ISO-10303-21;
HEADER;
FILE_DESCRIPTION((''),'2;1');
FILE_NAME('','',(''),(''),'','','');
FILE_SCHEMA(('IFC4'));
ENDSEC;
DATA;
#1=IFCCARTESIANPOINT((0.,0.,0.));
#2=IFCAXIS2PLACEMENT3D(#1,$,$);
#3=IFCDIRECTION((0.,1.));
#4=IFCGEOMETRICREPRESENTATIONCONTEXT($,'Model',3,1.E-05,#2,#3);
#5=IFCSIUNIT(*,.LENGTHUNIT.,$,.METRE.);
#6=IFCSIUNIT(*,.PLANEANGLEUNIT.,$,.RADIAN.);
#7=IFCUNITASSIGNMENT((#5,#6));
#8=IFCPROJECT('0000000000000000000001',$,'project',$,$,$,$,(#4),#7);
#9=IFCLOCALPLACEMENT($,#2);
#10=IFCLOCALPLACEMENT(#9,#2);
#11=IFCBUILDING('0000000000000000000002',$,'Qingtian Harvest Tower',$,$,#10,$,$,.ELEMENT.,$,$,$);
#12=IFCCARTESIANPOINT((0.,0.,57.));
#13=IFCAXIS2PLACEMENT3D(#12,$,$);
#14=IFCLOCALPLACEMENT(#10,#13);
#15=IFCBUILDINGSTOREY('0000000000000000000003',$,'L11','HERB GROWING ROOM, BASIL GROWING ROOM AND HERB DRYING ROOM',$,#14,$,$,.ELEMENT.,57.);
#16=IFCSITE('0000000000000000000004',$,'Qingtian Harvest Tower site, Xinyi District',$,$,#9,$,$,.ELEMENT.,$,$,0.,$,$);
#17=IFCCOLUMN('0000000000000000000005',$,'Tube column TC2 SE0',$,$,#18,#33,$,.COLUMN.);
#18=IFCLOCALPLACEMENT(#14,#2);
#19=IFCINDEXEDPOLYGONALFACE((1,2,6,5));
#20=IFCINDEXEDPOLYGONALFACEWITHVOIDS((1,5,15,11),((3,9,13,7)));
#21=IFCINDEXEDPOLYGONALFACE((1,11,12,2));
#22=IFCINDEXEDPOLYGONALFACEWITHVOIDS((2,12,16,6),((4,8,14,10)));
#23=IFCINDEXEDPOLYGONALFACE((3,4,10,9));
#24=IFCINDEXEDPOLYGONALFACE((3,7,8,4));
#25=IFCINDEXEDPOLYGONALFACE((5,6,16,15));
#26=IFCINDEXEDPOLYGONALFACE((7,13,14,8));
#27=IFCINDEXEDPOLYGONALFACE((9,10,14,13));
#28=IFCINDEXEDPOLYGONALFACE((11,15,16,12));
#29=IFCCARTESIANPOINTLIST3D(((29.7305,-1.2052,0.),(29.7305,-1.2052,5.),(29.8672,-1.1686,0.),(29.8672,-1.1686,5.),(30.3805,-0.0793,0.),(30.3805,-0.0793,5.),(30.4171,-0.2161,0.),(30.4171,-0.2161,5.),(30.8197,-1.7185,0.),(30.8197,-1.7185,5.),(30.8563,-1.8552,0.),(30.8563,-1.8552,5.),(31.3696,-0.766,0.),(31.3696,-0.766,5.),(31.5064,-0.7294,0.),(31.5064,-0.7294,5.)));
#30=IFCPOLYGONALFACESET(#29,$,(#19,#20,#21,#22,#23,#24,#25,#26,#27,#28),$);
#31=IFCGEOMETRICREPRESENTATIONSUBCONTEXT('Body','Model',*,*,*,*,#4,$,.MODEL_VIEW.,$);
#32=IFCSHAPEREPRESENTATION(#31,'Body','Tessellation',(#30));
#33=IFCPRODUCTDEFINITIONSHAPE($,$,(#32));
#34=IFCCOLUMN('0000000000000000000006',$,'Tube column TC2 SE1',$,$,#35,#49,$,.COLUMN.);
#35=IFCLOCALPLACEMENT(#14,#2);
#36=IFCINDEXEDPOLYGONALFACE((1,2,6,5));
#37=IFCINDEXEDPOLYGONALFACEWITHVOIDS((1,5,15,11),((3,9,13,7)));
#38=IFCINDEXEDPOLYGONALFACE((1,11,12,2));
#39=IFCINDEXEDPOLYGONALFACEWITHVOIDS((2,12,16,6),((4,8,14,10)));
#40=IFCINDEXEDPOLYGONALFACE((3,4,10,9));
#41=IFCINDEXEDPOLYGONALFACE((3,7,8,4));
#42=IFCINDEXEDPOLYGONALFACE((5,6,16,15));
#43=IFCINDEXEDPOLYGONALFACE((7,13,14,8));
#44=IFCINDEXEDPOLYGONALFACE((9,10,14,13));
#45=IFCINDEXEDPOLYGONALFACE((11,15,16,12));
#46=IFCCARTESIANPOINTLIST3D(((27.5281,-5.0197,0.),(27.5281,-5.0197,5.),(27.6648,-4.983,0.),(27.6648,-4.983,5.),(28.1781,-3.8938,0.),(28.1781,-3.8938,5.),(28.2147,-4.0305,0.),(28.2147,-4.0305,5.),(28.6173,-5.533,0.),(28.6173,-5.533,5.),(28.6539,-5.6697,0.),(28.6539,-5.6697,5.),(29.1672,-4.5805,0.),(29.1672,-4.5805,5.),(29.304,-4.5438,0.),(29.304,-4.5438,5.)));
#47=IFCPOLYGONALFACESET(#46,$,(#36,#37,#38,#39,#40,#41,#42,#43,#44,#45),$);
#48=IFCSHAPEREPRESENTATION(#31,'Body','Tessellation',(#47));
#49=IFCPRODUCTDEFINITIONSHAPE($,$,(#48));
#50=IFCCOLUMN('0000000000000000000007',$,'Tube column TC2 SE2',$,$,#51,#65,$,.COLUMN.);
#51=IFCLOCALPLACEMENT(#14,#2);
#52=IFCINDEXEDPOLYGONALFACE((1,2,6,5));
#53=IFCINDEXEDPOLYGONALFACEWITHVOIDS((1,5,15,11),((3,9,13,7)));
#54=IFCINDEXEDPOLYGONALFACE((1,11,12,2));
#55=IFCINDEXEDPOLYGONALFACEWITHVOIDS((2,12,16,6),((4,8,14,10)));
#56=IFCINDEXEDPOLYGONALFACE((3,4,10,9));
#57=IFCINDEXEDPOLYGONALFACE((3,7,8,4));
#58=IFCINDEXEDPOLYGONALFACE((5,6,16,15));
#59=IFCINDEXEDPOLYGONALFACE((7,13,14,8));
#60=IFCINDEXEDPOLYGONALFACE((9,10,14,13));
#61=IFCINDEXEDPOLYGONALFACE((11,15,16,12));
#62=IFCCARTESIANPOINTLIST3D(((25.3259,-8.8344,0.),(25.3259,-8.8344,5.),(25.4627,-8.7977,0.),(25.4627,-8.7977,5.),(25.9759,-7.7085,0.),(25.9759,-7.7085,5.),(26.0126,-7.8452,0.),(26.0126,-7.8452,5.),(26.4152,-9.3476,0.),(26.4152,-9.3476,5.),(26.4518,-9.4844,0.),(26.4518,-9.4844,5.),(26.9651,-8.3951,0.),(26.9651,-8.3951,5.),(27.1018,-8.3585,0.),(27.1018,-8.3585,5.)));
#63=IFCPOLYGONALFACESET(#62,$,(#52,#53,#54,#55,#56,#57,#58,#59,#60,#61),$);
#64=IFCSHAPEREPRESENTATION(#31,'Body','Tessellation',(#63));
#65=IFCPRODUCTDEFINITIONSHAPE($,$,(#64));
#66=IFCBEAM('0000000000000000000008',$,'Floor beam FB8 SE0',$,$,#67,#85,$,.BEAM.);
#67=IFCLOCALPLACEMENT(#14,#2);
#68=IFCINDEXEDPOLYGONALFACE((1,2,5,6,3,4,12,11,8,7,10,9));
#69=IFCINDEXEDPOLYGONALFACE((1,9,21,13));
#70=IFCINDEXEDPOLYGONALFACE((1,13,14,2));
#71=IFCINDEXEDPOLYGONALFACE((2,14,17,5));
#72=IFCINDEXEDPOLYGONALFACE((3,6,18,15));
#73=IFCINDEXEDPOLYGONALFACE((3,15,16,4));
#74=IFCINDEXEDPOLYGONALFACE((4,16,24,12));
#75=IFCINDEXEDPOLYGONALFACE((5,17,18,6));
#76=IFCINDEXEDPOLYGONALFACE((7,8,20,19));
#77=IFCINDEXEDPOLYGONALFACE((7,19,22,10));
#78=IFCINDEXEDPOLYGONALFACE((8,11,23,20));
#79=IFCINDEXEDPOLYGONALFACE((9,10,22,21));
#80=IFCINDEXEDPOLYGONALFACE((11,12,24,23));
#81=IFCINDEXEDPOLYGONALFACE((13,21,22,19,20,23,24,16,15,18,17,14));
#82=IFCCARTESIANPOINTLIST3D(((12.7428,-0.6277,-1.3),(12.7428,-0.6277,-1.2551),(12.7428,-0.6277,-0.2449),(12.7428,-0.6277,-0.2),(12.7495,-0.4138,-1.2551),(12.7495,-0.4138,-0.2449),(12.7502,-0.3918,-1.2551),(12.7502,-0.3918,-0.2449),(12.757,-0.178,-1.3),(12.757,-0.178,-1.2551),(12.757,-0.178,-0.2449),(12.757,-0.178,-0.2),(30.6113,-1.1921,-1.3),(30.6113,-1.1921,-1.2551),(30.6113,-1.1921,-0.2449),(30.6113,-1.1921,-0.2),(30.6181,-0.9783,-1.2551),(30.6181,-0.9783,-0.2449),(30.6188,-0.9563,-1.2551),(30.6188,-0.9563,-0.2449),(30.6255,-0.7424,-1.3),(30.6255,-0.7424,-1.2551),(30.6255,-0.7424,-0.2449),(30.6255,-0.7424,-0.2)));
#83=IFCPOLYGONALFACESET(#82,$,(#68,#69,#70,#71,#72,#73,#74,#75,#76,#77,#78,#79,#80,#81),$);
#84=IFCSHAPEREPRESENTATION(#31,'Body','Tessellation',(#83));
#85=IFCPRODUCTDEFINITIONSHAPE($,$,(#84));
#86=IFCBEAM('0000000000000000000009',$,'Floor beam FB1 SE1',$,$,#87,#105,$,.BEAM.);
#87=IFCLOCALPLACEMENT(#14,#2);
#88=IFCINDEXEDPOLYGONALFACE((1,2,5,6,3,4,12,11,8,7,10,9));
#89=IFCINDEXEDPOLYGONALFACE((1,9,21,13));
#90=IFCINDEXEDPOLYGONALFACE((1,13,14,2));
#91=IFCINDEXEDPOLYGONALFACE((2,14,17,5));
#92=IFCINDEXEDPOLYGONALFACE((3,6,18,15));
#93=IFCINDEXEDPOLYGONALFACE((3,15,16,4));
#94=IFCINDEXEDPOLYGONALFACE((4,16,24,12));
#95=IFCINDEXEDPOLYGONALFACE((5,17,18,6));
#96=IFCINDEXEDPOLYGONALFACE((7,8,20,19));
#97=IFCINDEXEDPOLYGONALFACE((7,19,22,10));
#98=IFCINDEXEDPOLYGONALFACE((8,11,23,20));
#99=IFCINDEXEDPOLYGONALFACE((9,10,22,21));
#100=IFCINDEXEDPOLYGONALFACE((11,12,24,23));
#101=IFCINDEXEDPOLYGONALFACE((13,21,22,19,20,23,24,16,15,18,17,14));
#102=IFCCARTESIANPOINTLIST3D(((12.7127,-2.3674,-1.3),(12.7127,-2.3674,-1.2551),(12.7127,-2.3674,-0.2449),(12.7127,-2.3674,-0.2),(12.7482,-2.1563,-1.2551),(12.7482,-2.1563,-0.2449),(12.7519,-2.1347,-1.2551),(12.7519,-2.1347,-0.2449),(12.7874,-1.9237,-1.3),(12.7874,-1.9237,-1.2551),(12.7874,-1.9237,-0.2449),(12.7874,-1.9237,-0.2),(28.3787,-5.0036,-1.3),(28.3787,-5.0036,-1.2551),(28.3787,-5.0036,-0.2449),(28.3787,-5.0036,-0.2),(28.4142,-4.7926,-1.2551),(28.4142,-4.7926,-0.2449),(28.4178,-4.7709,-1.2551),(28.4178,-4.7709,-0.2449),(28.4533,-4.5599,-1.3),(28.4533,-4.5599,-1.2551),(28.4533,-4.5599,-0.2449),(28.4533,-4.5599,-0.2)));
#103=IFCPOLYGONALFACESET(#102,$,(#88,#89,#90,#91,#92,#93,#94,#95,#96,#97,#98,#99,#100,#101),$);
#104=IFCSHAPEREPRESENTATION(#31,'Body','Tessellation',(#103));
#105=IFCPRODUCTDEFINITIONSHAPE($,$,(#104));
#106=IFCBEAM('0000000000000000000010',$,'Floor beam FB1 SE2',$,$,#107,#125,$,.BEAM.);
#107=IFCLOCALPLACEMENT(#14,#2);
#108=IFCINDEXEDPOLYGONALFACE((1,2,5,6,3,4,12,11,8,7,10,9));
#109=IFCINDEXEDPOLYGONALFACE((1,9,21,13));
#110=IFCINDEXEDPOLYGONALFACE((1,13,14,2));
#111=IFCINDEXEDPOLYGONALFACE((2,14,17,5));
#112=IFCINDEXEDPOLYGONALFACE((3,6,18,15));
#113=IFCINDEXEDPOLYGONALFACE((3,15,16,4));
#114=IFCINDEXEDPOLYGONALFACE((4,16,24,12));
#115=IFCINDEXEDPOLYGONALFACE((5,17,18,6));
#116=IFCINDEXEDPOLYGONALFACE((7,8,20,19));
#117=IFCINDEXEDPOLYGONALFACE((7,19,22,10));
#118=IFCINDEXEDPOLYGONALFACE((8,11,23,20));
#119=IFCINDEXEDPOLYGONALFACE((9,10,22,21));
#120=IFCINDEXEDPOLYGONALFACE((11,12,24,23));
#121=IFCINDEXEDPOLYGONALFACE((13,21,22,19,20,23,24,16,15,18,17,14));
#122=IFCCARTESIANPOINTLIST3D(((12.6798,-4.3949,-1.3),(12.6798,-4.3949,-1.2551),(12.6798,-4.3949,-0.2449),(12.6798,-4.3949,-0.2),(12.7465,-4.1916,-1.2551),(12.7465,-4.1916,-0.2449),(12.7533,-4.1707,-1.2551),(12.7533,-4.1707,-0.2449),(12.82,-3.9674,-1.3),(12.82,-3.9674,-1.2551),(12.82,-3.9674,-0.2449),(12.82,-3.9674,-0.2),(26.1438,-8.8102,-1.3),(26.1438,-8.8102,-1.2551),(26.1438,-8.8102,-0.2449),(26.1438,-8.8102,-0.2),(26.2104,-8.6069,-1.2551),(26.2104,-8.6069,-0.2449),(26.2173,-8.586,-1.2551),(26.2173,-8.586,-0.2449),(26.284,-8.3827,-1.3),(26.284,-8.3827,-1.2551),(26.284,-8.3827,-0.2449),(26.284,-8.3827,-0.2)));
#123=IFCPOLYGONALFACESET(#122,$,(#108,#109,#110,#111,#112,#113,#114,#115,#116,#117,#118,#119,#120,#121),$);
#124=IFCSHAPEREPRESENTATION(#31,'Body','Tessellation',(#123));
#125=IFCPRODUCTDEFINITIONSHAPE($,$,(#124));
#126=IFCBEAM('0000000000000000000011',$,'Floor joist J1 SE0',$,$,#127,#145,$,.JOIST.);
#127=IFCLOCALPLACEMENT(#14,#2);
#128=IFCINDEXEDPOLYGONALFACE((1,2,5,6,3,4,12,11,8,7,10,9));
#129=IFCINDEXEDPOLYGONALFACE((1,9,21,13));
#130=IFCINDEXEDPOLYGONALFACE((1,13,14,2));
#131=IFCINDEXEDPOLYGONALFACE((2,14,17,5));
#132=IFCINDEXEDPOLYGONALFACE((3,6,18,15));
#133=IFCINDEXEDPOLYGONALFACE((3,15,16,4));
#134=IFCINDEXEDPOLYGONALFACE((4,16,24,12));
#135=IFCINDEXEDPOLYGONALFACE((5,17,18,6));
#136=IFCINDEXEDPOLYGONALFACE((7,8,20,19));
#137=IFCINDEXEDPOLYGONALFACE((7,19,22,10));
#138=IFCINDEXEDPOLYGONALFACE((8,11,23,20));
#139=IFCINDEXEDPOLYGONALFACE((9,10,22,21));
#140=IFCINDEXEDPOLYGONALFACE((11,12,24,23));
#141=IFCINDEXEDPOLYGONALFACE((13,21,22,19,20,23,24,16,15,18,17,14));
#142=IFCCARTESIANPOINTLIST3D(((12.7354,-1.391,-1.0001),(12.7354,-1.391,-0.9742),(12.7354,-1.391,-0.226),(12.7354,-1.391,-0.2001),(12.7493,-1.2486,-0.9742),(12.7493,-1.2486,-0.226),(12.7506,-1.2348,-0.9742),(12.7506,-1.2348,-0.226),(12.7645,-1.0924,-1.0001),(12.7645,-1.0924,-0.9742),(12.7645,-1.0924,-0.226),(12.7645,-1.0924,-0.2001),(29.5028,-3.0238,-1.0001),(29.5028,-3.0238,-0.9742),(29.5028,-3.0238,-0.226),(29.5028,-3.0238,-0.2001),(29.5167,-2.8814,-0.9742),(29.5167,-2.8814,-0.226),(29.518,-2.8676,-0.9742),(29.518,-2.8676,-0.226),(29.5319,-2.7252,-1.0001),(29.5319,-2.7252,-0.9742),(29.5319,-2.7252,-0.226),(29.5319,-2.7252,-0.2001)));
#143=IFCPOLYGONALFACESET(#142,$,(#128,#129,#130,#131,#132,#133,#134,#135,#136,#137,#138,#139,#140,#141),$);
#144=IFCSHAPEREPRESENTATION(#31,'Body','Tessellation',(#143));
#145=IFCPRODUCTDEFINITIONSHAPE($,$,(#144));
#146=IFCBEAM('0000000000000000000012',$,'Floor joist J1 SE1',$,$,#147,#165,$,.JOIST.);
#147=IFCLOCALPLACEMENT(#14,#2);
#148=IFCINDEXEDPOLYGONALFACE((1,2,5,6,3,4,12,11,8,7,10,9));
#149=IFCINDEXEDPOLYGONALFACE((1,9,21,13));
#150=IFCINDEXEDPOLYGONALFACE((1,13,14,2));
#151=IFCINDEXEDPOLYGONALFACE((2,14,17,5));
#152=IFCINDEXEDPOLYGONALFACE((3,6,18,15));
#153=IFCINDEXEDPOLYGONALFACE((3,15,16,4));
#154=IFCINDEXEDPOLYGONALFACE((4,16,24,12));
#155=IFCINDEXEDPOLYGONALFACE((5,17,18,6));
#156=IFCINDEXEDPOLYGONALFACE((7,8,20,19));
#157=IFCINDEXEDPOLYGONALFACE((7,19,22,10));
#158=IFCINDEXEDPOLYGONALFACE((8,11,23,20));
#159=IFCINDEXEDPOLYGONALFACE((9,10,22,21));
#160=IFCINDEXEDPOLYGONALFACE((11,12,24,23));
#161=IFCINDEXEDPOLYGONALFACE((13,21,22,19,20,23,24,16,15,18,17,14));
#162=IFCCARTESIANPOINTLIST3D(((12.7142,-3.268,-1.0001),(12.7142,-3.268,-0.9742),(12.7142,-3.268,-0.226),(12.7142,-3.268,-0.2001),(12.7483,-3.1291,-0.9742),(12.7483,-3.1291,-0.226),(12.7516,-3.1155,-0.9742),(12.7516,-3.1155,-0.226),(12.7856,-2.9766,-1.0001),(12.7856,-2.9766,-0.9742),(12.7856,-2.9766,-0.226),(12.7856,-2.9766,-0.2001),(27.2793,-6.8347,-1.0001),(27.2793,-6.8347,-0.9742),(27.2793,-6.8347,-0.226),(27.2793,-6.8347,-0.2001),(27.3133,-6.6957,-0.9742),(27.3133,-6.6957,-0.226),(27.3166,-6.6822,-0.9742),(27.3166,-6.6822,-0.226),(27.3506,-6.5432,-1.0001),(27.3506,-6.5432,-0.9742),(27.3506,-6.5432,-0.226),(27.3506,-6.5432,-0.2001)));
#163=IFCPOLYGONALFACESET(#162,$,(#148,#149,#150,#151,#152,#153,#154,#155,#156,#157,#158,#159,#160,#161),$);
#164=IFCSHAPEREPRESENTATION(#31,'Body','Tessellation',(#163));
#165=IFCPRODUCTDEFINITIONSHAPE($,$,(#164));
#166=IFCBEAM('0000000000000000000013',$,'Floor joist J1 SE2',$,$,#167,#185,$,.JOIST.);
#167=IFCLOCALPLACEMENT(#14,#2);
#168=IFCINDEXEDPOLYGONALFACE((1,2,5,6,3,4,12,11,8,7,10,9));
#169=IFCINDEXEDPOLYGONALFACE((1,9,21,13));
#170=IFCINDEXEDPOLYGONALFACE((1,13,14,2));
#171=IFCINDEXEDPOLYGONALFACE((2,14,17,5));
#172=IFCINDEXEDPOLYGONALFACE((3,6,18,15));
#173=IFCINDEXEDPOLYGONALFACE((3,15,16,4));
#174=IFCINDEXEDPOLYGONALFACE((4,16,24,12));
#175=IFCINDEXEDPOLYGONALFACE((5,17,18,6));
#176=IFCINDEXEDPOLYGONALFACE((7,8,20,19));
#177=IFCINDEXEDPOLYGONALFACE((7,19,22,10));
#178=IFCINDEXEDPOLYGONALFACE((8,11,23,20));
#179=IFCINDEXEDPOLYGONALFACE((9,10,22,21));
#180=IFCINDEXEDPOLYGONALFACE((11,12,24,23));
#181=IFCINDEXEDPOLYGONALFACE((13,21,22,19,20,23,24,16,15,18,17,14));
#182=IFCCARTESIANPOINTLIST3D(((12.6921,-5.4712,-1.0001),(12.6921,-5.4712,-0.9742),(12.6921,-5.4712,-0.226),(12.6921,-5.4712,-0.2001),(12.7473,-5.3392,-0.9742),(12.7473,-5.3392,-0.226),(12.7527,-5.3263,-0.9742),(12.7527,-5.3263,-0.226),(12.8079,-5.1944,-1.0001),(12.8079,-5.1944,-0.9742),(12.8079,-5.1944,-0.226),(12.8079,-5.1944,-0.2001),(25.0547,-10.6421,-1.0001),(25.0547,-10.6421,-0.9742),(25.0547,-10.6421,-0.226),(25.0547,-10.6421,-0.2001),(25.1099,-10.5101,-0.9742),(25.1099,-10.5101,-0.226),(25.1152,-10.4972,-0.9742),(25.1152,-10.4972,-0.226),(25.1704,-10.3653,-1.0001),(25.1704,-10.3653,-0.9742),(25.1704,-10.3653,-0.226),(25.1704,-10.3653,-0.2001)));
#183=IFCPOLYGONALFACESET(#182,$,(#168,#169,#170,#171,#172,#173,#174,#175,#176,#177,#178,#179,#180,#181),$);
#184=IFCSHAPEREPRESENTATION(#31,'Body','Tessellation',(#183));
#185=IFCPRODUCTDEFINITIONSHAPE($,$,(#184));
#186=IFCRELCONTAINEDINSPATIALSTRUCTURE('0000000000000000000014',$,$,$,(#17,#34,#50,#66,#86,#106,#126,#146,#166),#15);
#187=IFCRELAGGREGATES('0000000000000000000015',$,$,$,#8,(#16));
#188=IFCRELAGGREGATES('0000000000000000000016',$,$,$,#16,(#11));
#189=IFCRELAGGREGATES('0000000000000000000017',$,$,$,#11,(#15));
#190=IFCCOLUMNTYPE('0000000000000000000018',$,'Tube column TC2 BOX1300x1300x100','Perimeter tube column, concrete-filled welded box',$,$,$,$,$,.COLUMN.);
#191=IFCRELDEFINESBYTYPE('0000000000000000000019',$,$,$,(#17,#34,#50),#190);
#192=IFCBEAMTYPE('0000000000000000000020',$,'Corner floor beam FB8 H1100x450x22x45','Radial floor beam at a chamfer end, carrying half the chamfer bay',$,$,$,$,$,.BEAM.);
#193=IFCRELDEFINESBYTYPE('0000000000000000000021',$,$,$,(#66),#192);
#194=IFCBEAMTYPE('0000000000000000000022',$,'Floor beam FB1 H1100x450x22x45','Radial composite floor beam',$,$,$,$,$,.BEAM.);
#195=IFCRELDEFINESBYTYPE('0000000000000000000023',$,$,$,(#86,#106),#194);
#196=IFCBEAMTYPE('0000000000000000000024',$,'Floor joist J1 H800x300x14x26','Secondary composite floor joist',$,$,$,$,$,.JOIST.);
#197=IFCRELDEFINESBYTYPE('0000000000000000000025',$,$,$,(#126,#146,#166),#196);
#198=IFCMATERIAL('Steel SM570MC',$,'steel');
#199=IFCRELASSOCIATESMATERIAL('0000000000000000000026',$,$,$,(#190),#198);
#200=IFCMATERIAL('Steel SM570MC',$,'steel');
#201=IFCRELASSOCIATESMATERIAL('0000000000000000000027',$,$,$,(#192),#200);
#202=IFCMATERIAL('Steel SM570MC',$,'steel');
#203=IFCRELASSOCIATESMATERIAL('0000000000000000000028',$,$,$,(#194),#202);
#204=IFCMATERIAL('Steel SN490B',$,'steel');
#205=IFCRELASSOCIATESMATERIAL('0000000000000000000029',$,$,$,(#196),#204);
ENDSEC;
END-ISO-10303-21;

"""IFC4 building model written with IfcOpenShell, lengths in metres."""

from ifc_helpers import new_model, si_unit, direction, frame, origin, origin_2d, place, context, subcontext, project, spatial, hollow_rectangle, i_section, extrude, material, material_profile, profile_set, type_object, element, save


model = new_model("IFC4")

# Units and contexts
model_context = context("Model", 3, precision=1e-05, world=origin(), true_north=direction((0.0, 1.0)))
body_context = subcontext(model_context, "Body", "Model", "MODEL_VIEW")
ifc_project = project(units=[si_unit("LENGTHUNIT", "METRE"), si_unit("PLANEANGLEUNIT", "RADIAN")], contexts=[model_context])

# Site, building, storey
site_placement = place(None, origin())
site = spatial("IfcSite", under=ifc_project, at=site_placement, Name="Qingtian Harvest Tower site, Xinyi District", CompositionType="ELEMENT", RefElevation=0.0)
building_placement = place(site_placement, origin())
building = spatial("IfcBuilding", under=site, at=building_placement, Name="Qingtian Harvest Tower", CompositionType="ELEMENT")
storey_placement = place(building_placement, frame((0.0, 0.0, 57.0)))
storey = spatial("IfcBuildingStorey", under=building, at=storey_placement, Name="L11", Description="HERB GROWING ROOM, BASIL GROWING ROOM AND HERB DRYING ROOM", CompositionType="ELEMENT", Elevation=57.0)

# Columns
ifc_material_1 = material(Name="Steel SM570MC", Category="steel")
ifc_material_profile_1 = material_profile(ifc_material_1, hollow_rectangle(XDim=1.3, YDim=1.3, WallThickness=0.1001, at=origin_2d()), Name="BOX1300x1300x100")
ifc_profile_set_1 = profile_set([ifc_material_profile_1], Name="Steel SM570MC")
column_type = type_object("IfcColumnType", Name="Tube column TC2 BOX1300x1300x100", Description="Perimeter tube column, concrete-filled welded box", PredefinedType="COLUMN", material=ifc_profile_set_1)
for number, where, z_axis, x_axis, name in (
    (1, (30.6184, -0.9673, 0.0), (0.0, 0.0, 1.0), (0.5, 0.866025, 0.0), "Tube column TC2 SE0"),
    (2, (28.416, -4.7817, 0.0), (0.0, 0.0, 1.0), (0.5, 0.866025, 0.0), "Tube column TC2 SE1"),
    (3, (26.2139, -8.5964, 0.0), (0.0, 0.0, 1.0), (0.5, 0.866025, 0.0), "Tube column TC2 SE2"),
):
    element("IfcColumn", number, at=place(storey_placement, frame(where, z_axis=z_axis, x_axis=x_axis)), inside=storey, type_object=column_type, Name=name, PredefinedType="COLUMN", context=body_context, shape_type="SweptSolid", body=[
        extrude(hollow_rectangle(XDim=1.3, YDim=1.3, WallThickness=0.1001, at=origin_2d()), origin(), (0.0, 0.0, 1.0), 5.0),
    ])

# Beams
ifc_material_2 = material(Name="Steel SM570MC", Category="steel")
ifc_material_profile_2 = material_profile(ifc_material_2, i_section(OverallWidth=0.45, OverallDepth=1.1001, WebThickness=0.022, FlangeThickness=0.0449, at=origin_2d()), Name="H1100x450x22x45")
ifc_profile_set_2 = profile_set([ifc_material_profile_2], Name="Steel SM570MC")
beam_type_1 = type_object("IfcBeamType", Name="Corner floor beam FB8 H1100x450x22x45", Description="Radial floor beam at a chamfer end, carrying half the chamfer bay", PredefinedType="BEAM", material=ifc_profile_set_2)
beam_1_placement = place(storey_placement, frame((30.6184, -0.9673, -0.75), z_axis=(-0.999501, 0.031574, 0.0), x_axis=(-0.031574, -0.999501, 0.0)))
element("IfcBeam", 4, at=beam_1_placement, inside=storey, type_object=beam_type_1, Name="Floor beam FB8 SE0", PredefinedType="BEAM", context=body_context, shape_type="SweptSolid", body=[
    extrude(i_section(OverallWidth=0.45, OverallDepth=1.1001, WebThickness=0.022, FlangeThickness=0.0449, at=origin_2d()), origin(), (0.0, 0.0, 1.0), 17.8774),
])
ifc_material_3 = material(Name="Steel SM570MC", Category="steel")
ifc_material_profile_3 = material_profile(ifc_material_3, i_section(OverallWidth=0.45, OverallDepth=1.1001, WebThickness=0.022, FlangeThickness=0.0449, at=origin_2d()), Name="H1100x450x22x45")
ifc_profile_set_3 = profile_set([ifc_material_profile_3], Name="Steel SM570MC")
beam_type_2 = type_object("IfcBeamType", Name="Floor beam FB1 H1100x450x22x45", Description="Radial composite floor beam", PredefinedType="BEAM", material=ifc_profile_set_3)
beam_2_placement = place(storey_placement, frame((28.416, -4.7817, -0.75), z_axis=(-0.986135, 0.165944, 0.0), x_axis=(-0.165944, -0.986135, 0.0)))
element("IfcBeam", 5, at=beam_2_placement, inside=storey, type_object=beam_type_2, Name="Floor beam FB1 SE1", PredefinedType="BEAM", context=body_context, shape_type="SweptSolid", body=[
    extrude(i_section(OverallWidth=0.45, OverallDepth=1.1001, WebThickness=0.022, FlangeThickness=0.0449, at=origin_2d()), origin(), (0.0, 0.0, 1.0), 15.8862),
])
beam_3_placement = place(storey_placement, frame((26.2139, -8.5964, -0.75), z_axis=(-0.950211, 0.311608, 0.0), x_axis=(-0.311608, -0.950211, 0.0)))
element("IfcBeam", 6, at=beam_3_placement, inside=storey, type_object=beam_type_2, Name="Floor beam FB1 SE2", PredefinedType="BEAM", context=body_context, shape_type="SweptSolid", body=[
    extrude(i_section(OverallWidth=0.45, OverallDepth=1.1001, WebThickness=0.022, FlangeThickness=0.0449, at=origin_2d()), origin(), (0.0, 0.0, 1.0), 14.1694),
])
ifc_material_4 = material(Name="Steel SN490B", Category="steel")
ifc_material_profile_4 = material_profile(ifc_material_4, i_section(OverallWidth=0.3, OverallDepth=0.8, WebThickness=0.0139, FlangeThickness=0.0259, at=origin_2d()), Name="H800x300x14x26")
ifc_profile_set_4 = profile_set([ifc_material_profile_4], Name="Steel SN490B")
beam_type_3 = type_object("IfcBeamType", Name="Floor joist J1 H800x300x14x26", Description="Secondary composite floor joist", PredefinedType="JOIST", material=ifc_profile_set_4)
beam_4_placement = place(storey_placement, frame((29.5173, -2.8745, -0.6001), z_axis=(-0.995292, 0.096922, 0.0), x_axis=(-0.096922, -0.995292, 0.0)))
element("IfcBeam", 7, at=beam_4_placement, inside=storey, type_object=beam_type_3, Name="Floor joist J1 SE0", PredefinedType="JOIST", context=body_context, shape_type="SweptSolid", body=[
    extrude(i_section(OverallWidth=0.3, OverallDepth=0.8, WebThickness=0.0139, FlangeThickness=0.0259, at=origin_2d()), origin(), (0.0, 0.0, 1.0), 16.8467),
])
beam_5_placement = place(storey_placement, frame((27.3149, -6.689, -0.6001), z_axis=(-0.971302, 0.237851, 0.0), x_axis=(-0.237851, -0.971302, 0.0)))
element("IfcBeam", 8, at=beam_5_placement, inside=storey, type_object=beam_type_3, Name="Floor joist J1 SE1", PredefinedType="JOIST", context=body_context, shape_type="SweptSolid", body=[
    extrude(i_section(OverallWidth=0.3, OverallDepth=0.8, WebThickness=0.0139, FlangeThickness=0.0259, at=origin_2d()), origin(), (0.0, 0.0, 1.0), 14.9954),
])
beam_6_placement = place(storey_placement, frame((25.1125, -10.5037, -0.6001), z_axis=(-0.922551, 0.385876, 0.0), x_axis=(-0.385876, -0.922551, 0.0)))
element("IfcBeam", 9, at=beam_6_placement, inside=storey, type_object=beam_type_3, Name="Floor joist J1 SE2", PredefinedType="JOIST", context=body_context, shape_type="SweptSolid", body=[
    extrude(i_section(OverallWidth=0.3, OverallDepth=0.8, WebThickness=0.0139, FlangeThickness=0.0259, at=origin_2d()), origin(), (0.0, 0.0, 1.0), 13.4004),
])

save(model, "model.ifc")
